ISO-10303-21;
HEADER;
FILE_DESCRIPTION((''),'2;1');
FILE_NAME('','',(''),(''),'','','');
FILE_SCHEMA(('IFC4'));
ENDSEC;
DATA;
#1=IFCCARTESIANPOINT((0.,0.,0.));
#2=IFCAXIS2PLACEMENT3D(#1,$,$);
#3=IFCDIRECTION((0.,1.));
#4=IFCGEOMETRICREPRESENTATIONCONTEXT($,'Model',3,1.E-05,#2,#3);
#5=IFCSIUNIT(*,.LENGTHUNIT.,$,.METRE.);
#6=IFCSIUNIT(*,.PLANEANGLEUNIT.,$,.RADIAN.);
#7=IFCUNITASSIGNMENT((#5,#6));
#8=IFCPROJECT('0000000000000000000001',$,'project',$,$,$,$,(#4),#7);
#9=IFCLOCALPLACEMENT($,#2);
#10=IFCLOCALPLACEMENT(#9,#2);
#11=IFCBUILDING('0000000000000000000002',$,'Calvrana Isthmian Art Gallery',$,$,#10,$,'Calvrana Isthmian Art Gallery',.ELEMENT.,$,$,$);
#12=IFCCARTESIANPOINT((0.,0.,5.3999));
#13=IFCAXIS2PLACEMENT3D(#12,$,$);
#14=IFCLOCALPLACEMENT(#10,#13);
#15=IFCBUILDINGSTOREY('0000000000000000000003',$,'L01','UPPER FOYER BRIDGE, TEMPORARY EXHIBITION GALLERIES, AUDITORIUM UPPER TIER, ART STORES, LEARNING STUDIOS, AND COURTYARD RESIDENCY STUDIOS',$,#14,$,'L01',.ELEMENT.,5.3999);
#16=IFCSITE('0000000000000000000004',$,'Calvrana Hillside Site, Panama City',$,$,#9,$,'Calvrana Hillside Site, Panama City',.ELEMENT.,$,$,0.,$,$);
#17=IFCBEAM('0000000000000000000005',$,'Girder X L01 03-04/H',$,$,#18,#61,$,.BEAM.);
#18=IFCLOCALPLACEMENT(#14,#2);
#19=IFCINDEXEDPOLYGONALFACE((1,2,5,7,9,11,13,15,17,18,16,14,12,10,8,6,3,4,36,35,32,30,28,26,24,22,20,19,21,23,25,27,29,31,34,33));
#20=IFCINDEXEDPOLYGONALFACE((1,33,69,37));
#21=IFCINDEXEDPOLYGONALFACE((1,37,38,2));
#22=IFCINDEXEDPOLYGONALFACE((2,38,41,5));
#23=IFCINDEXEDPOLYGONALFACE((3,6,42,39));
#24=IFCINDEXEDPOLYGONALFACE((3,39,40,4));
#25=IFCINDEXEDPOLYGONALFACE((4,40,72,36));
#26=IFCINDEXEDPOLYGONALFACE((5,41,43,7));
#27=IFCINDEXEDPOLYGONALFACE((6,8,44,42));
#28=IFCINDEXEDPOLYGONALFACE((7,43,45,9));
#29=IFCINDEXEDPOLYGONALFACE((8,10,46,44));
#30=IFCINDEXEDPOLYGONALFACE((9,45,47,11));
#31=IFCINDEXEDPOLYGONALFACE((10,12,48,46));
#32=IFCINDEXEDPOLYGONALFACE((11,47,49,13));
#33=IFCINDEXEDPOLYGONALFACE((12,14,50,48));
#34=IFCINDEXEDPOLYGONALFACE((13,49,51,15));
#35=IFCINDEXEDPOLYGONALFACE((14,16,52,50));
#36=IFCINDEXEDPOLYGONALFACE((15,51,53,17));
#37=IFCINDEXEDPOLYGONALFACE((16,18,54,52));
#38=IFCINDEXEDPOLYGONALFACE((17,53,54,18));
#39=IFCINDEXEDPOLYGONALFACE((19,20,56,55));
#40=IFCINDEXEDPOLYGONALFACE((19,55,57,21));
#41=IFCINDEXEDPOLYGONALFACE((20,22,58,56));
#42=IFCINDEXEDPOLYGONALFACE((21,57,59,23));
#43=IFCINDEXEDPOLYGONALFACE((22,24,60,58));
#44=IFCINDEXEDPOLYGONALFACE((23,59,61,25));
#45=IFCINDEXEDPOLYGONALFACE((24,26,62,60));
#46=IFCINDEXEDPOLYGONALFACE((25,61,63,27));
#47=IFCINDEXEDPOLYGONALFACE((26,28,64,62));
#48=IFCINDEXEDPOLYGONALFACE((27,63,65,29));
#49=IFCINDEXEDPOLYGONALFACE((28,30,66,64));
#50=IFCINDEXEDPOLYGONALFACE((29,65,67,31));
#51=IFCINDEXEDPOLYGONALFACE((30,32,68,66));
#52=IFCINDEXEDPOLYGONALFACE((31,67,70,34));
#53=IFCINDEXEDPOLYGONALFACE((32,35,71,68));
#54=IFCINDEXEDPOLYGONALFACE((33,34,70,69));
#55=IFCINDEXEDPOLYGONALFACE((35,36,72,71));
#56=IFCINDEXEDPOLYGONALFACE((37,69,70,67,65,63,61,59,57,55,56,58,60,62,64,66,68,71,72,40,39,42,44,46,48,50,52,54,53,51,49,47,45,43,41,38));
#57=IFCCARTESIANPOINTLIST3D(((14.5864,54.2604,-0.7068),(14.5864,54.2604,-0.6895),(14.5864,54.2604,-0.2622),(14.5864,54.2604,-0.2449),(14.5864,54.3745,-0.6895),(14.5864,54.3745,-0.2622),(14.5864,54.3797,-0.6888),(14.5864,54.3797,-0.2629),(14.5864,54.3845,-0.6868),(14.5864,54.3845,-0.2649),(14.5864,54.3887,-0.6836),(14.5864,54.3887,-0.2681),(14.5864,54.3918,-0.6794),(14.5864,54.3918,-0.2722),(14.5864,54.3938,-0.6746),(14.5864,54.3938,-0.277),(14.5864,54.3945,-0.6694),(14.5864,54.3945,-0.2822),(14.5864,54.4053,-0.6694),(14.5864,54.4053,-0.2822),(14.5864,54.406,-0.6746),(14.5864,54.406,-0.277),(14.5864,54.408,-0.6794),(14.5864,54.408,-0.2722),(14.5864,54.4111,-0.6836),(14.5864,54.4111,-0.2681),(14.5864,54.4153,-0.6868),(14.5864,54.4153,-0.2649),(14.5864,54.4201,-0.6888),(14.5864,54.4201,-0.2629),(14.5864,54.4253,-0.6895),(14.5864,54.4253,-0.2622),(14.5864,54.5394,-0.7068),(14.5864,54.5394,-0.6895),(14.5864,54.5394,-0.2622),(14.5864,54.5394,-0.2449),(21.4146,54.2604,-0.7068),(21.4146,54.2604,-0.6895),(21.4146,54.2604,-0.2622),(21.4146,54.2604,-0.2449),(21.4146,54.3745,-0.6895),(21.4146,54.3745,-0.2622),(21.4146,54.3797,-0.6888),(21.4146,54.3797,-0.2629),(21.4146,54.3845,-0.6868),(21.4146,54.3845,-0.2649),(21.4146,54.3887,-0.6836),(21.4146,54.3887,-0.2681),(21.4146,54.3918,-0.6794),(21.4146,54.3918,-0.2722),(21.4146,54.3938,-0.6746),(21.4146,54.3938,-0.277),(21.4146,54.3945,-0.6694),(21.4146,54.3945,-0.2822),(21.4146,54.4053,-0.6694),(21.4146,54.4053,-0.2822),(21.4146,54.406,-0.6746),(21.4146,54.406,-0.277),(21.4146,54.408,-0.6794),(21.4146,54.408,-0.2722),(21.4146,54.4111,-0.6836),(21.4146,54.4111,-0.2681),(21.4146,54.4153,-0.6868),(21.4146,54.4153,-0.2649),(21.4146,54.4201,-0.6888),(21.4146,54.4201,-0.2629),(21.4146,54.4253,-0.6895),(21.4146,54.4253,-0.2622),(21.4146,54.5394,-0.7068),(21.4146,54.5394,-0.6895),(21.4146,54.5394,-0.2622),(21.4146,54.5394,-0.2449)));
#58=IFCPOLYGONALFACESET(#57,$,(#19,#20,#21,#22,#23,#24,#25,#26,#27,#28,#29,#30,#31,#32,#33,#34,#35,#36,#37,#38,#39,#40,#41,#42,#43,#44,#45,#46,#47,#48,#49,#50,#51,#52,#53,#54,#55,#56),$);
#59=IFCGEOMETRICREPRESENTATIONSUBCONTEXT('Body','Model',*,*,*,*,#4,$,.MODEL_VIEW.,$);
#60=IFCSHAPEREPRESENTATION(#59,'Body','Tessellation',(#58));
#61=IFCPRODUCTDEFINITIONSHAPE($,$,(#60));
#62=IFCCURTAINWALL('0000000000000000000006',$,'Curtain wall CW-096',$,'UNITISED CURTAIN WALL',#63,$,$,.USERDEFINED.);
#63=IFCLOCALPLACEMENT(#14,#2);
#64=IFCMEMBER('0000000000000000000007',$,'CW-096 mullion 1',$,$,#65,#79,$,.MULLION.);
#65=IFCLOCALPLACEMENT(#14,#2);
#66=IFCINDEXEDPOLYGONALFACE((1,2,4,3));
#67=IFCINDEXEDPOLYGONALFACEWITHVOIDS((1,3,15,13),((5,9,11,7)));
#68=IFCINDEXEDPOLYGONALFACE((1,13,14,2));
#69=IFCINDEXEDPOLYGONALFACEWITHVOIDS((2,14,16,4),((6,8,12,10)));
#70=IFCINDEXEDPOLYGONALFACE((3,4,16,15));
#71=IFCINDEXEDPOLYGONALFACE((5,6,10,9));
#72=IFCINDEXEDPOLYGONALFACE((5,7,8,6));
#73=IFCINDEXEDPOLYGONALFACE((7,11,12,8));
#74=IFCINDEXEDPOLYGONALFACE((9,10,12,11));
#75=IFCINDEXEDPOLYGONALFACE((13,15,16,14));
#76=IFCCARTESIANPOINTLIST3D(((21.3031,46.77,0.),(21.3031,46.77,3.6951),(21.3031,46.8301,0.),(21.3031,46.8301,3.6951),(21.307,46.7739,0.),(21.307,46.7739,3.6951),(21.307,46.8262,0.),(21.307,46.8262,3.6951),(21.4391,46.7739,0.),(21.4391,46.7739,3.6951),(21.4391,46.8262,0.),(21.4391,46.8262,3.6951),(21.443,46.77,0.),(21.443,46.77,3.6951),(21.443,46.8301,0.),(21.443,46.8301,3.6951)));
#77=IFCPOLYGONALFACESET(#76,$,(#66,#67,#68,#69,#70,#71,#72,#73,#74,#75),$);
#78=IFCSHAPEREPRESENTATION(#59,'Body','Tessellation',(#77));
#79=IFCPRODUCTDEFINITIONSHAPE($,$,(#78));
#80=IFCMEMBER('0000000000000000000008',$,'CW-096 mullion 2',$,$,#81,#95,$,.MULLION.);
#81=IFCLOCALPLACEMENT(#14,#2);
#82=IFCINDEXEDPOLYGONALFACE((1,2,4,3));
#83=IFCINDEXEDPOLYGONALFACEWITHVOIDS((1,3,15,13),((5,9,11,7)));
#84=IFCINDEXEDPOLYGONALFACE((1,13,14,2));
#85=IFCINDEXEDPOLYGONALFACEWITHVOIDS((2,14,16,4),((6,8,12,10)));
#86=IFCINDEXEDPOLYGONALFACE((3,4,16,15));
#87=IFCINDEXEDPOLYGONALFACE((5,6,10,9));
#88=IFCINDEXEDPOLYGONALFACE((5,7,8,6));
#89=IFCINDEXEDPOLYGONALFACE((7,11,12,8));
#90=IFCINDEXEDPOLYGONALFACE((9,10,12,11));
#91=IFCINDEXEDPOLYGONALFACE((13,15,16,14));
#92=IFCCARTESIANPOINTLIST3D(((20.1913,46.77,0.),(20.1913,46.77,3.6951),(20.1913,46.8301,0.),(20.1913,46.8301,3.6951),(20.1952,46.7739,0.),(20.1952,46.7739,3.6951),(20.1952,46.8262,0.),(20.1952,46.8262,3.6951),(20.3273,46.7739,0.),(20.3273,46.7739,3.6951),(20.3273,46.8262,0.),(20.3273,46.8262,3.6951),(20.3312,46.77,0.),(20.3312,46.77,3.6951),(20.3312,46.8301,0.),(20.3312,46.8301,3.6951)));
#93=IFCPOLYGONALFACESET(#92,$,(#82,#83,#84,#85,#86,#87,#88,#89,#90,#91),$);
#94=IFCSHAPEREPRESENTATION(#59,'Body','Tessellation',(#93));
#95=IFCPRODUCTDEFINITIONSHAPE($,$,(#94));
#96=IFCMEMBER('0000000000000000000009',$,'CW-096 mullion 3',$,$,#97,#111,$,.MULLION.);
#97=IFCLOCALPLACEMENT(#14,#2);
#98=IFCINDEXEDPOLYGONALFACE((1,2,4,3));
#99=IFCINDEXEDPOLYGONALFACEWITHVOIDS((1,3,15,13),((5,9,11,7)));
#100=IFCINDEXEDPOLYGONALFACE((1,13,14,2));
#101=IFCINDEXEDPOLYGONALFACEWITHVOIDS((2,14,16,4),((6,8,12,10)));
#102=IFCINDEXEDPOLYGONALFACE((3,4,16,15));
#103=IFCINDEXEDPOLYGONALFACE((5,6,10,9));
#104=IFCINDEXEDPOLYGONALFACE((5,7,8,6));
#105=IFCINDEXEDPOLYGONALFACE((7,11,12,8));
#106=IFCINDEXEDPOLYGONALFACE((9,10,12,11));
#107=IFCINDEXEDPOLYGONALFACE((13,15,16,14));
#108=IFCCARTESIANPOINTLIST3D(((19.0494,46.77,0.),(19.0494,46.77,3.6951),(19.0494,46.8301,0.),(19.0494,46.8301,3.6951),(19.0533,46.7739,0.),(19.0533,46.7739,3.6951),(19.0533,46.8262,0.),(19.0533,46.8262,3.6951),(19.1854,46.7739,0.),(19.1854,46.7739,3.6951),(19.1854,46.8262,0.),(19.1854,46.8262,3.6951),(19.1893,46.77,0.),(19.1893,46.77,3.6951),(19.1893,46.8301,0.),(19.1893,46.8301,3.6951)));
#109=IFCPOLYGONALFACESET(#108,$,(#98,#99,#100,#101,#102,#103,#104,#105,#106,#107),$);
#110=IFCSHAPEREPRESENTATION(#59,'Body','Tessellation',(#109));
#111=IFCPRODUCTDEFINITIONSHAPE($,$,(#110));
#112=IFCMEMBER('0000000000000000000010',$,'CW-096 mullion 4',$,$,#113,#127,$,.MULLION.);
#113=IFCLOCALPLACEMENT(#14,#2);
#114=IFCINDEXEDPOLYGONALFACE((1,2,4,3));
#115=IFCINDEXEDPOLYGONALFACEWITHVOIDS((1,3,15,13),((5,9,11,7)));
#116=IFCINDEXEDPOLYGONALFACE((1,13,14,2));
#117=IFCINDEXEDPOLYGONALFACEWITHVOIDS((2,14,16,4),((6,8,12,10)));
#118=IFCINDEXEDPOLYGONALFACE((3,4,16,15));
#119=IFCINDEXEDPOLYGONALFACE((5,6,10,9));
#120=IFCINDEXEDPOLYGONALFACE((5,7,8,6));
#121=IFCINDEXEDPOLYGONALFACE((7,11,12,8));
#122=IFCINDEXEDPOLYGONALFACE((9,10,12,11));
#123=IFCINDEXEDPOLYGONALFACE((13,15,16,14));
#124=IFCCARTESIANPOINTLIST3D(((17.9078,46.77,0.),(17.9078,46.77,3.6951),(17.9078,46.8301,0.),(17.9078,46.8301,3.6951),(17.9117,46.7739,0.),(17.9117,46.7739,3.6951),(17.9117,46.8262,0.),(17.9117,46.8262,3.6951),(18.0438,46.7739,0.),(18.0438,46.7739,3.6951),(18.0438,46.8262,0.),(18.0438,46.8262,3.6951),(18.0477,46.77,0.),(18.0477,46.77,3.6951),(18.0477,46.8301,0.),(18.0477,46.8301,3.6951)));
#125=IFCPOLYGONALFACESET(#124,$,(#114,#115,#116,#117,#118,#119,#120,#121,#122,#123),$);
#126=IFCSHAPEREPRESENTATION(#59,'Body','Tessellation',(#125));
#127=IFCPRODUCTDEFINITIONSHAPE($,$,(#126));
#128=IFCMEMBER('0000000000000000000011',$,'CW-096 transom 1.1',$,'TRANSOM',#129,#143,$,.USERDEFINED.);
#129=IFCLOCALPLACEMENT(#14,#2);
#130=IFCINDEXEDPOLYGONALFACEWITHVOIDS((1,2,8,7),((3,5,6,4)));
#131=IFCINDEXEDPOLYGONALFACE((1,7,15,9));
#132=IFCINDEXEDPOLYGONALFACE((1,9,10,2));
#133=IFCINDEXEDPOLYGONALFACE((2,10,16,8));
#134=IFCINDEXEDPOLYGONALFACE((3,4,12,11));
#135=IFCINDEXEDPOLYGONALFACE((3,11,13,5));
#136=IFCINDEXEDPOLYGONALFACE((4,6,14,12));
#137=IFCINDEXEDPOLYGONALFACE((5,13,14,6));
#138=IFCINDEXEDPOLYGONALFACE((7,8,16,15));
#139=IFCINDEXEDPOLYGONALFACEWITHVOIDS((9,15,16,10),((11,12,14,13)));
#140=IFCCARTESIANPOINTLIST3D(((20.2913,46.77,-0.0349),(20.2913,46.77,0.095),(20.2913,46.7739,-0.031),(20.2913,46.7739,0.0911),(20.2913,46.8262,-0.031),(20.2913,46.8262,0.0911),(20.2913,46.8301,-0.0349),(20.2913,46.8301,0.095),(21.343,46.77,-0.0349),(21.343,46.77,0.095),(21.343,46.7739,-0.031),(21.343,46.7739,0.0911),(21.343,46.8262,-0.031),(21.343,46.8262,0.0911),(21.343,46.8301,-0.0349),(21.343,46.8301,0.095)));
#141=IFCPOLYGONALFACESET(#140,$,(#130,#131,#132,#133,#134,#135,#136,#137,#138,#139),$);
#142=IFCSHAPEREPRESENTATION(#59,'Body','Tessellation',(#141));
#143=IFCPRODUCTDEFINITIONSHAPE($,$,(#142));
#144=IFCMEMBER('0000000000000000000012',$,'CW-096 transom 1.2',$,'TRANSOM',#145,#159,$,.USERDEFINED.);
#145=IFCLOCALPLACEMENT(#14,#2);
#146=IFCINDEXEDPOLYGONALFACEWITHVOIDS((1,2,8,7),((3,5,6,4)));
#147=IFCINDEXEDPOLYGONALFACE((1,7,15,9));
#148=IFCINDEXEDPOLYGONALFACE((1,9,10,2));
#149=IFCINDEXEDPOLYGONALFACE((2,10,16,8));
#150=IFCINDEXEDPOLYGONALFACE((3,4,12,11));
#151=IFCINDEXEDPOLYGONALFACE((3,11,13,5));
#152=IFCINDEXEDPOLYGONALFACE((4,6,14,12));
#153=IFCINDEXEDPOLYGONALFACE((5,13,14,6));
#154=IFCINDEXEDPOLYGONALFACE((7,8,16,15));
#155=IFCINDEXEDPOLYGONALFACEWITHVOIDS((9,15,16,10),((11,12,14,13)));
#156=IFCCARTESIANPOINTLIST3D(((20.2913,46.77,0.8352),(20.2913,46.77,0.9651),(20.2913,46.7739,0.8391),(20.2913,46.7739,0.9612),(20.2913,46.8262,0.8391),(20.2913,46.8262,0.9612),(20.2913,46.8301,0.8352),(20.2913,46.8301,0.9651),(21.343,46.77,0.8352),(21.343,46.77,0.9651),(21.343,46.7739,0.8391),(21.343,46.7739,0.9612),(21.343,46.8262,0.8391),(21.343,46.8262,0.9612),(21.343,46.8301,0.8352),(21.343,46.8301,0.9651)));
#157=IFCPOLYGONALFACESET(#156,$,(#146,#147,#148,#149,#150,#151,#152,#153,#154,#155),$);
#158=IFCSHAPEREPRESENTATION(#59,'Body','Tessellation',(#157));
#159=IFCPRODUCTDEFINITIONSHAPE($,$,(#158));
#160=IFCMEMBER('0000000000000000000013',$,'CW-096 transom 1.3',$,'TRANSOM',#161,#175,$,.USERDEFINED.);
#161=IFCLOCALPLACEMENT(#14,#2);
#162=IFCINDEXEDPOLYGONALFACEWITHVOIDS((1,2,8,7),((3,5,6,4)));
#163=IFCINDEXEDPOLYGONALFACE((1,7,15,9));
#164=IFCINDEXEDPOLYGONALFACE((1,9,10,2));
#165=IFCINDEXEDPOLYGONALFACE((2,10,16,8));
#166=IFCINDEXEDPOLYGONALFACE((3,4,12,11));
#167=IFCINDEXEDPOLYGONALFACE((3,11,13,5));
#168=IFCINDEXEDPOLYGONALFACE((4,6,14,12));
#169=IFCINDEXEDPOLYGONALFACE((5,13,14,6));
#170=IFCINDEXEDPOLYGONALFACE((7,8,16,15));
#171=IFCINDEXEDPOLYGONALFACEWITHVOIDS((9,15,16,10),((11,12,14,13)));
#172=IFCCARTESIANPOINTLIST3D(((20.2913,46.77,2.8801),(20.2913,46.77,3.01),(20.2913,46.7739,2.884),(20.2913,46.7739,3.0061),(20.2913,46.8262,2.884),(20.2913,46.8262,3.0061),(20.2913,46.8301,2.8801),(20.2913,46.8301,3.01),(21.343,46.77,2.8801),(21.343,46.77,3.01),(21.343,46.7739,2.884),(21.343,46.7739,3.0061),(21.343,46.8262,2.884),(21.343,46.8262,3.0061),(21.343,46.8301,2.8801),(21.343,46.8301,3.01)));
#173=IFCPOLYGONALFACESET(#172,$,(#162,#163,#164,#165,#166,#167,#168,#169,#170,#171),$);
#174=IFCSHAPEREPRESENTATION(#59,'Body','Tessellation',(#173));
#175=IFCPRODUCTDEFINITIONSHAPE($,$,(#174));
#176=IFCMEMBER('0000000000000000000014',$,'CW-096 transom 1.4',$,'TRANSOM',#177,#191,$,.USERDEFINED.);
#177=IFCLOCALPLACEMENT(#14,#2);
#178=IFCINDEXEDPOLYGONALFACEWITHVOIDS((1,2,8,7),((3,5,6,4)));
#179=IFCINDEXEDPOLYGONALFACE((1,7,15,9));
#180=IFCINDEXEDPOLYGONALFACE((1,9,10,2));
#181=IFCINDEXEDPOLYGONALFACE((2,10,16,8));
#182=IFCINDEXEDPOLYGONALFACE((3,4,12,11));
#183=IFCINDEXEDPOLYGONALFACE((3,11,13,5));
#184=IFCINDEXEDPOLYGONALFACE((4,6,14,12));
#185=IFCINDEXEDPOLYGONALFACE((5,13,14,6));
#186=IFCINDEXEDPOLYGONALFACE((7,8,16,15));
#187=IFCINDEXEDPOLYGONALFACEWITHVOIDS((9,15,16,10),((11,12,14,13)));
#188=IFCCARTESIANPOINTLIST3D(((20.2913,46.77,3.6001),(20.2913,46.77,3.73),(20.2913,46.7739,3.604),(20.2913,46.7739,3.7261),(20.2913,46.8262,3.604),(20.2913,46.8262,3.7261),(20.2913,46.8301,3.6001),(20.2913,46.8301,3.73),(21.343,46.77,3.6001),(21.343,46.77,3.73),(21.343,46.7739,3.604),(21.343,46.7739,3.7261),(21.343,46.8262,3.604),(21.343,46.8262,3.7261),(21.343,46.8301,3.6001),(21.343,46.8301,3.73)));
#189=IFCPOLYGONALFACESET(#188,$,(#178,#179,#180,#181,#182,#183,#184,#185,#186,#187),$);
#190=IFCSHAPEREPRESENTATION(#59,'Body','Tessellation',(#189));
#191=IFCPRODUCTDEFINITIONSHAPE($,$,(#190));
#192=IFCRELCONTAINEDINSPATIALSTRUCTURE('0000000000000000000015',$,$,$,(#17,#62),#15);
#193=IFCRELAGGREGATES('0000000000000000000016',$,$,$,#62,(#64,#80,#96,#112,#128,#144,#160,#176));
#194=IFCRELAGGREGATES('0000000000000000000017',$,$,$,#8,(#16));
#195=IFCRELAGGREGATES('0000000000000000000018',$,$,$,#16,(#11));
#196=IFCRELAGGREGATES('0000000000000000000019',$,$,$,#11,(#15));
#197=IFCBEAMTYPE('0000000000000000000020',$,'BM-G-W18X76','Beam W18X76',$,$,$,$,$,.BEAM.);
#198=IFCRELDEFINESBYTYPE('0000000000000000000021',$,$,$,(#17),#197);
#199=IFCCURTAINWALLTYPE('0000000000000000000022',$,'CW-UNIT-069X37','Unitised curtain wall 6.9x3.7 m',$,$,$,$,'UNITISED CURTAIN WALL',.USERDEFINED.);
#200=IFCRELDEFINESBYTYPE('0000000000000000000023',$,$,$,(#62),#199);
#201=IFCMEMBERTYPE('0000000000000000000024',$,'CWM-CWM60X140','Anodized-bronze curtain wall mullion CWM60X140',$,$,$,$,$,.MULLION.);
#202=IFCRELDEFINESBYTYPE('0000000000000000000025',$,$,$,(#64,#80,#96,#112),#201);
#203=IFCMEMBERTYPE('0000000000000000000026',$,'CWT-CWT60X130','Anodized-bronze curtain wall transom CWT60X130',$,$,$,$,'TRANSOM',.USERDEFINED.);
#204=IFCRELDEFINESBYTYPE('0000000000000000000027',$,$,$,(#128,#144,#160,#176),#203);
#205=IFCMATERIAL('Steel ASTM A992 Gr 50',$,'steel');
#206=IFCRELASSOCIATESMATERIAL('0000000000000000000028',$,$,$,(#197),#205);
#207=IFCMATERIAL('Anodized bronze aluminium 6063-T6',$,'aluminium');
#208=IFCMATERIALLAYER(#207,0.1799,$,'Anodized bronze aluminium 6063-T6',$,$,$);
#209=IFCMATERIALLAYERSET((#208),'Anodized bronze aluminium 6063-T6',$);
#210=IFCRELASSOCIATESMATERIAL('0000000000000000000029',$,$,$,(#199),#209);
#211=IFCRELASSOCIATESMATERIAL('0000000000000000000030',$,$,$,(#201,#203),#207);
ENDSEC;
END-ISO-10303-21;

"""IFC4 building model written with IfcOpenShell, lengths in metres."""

from ifc_helpers import new_model, si_unit, direction, frame, origin, origin_2d, place, context, subcontext, project, spatial, hollow_rectangle, i_section, extrude, material, layer, layer_set, material_profile, profile_set, type_object, element, aggregate, save


model = new_model("IFC4")

# Units and contexts
model_context = context("Model", 3, precision=1e-05, world=origin(), true_north=direction((0.0, 1.0)))
body_context = subcontext(model_context, "Body", "Model", "MODEL_VIEW")
ifc_project = project(units=[si_unit("LENGTHUNIT", "METRE"), si_unit("PLANEANGLEUNIT", "RADIAN")], contexts=[model_context])

# Site, building, storey
site_placement = place(None, origin())
site = spatial("IfcSite", under=ifc_project, at=site_placement, Name="Calvrana Hillside Site, Panama City", LongName="Calvrana Hillside Site, Panama City", CompositionType="ELEMENT", RefElevation=0.0)
building_placement = place(site_placement, origin())
building = spatial("IfcBuilding", under=site, at=building_placement, Name="Calvrana Isthmian Art Gallery", LongName="Calvrana Isthmian Art Gallery", CompositionType="ELEMENT")
storey_placement = place(building_placement, frame((0.0, 0.0, 5.3999)))
storey = spatial("IfcBuildingStorey", under=building, at=storey_placement, Name="L01", Description="UPPER FOYER BRIDGE, TEMPORARY EXHIBITION GALLERIES, AUDITORIUM UPPER TIER, ART STORES, LEARNING STUDIOS, AND COURTYARD RESIDENCY STUDIOS", LongName="L01", CompositionType="ELEMENT", Elevation=5.3999)

# Beam
ifc_material_1 = material(Name="Steel ASTM A992 Gr 50", Category="steel")
ifc_material_profile_1 = material_profile(ifc_material_1, i_section(OverallWidth=0.2791, OverallDepth=0.4619, WebThickness=0.0107, FlangeThickness=0.0173, FilletRadius=0.02, at=origin_2d()), Name="W18X76")
ifc_profile_set_1 = profile_set([ifc_material_profile_1], Name="Steel ASTM A992 Gr 50")
beam_type = type_object("IfcBeamType", Name="BM-G-W18X76", Description="Beam W18X76", PredefinedType="BEAM", material=ifc_profile_set_1)
beam_placement = place(storey_placement, frame((14.5864, 54.3999, -0.4758), z_axis=(1.0, 0.0, 0.0), x_axis=(0.0, 1.0, 0.0)))
element("IfcBeam", 1, at=beam_placement, inside=storey, type_object=beam_type, Name="Girder X L01 03-04/H", PredefinedType="BEAM", context=body_context, shape_type="SweptSolid", body=[
    extrude(i_section(OverallWidth=0.2791, OverallDepth=0.4619, WebThickness=0.0107, FlangeThickness=0.0173, FilletRadius=0.02, at=origin_2d()), origin(), (0.0, 0.0, 1.0), 6.8281),
])

# Curtain wall, members
ifc_material_2 = material(Name="Anodized bronze aluminium 6063-T6", Category="aluminium")
ifc_layer_1 = layer(ifc_material_2, 0.1799, Name="Anodized bronze aluminium 6063-T6")
ifc_layer_set_1 = layer_set([ifc_layer_1], Name="Anodized bronze aluminium 6063-T6")
curtain_wall_type = type_object("IfcCurtainWallType", Name="CW-UNIT-069X37", Description="Unitised curtain wall 6.9x3.7 m", ElementType="UNITISED CURTAIN WALL", PredefinedType="USERDEFINED", material=ifc_layer_set_1)
curtain_wall_placement = place(storey_placement, origin())
curtain_wall = element("IfcCurtainWall", 2, at=curtain_wall_placement, inside=storey, type_object=curtain_wall_type, Name="Curtain wall CW-096", ObjectType="UNITISED CURTAIN WALL", PredefinedType="USERDEFINED")
ifc_material_profile_2 = material_profile(ifc_material_2, hollow_rectangle(XDim=0.0601, YDim=0.1399, WallThickness=0.0039, at=origin_2d()), Name="CWM60X140")
ifc_profile_set_2 = profile_set([ifc_material_profile_2], Name="Anodized bronze aluminium 6063-T6")
member_type_1 = type_object("IfcMemberType", Name="CWM-CWM60X140", Description="Anodized-bronze curtain wall mullion CWM60X140", PredefinedType="MULLION", material=ifc_profile_set_2)
member_1_placement = place(storey_placement, frame((21.373, 46.8, 0.0), z_axis=(0.0, 0.0, 1.0), x_axis=(0.0, -1.0, 0.0)))
member_1 = element("IfcMember", 3, at=member_1_placement, type_object=member_type_1, Name="CW-096 mullion 1", PredefinedType="MULLION", context=body_context, shape_type="SweptSolid", body=[
    extrude(hollow_rectangle(XDim=0.0601, YDim=0.1399, WallThickness=0.0039, at=origin_2d()), origin(), (0.0, 0.0, 1.0), 3.6951),
])
member_2_placement = place(storey_placement, frame((20.2612, 46.8, 0.0), z_axis=(0.0, 0.0, 1.0), x_axis=(0.0, -1.0, 0.0)))
member_2 = element("IfcMember", 4, at=member_2_placement, type_object=member_type_1, Name="CW-096 mullion 2", PredefinedType="MULLION", context=body_context, shape_type="SweptSolid", body=[
    extrude(hollow_rectangle(XDim=0.0601, YDim=0.1399, WallThickness=0.0039, at=origin_2d()), origin(), (0.0, 0.0, 1.0), 3.6951),
])
member_3_placement = place(storey_placement, frame((19.1194, 46.8, 0.0), z_axis=(0.0, 0.0, 1.0), x_axis=(0.0, -1.0, 0.0)))
member_3 = element("IfcMember", 5, at=member_3_placement, type_object=member_type_1, Name="CW-096 mullion 3", PredefinedType="MULLION", context=body_context, shape_type="SweptSolid", body=[
    extrude(hollow_rectangle(XDim=0.0601, YDim=0.1399, WallThickness=0.0039, at=origin_2d()), origin(), (0.0, 0.0, 1.0), 3.6951),
])
member_4_placement = place(storey_placement, frame((17.9778, 46.8, 0.0), z_axis=(0.0, 0.0, 1.0), x_axis=(0.0, -1.0, 0.0)))
member_4 = element("IfcMember", 6, at=member_4_placement, type_object=member_type_1, Name="CW-096 mullion 4", PredefinedType="MULLION", context=body_context, shape_type="SweptSolid", body=[
    extrude(hollow_rectangle(XDim=0.0601, YDim=0.1399, WallThickness=0.0039, at=origin_2d()), origin(), (0.0, 0.0, 1.0), 3.6951),
])
ifc_material_profile_3 = material_profile(ifc_material_2, hollow_rectangle(XDim=0.0601, YDim=0.1299, WallThickness=0.0039, at=origin_2d()), Name="CWT60X130")
ifc_profile_set_3 = profile_set([ifc_material_profile_3], Name="Anodized bronze aluminium 6063-T6")
member_type_2 = type_object("IfcMemberType", Name="CWT-CWT60X130", Description="Anodized-bronze curtain wall transom CWT60X130", ElementType="TRANSOM", PredefinedType="USERDEFINED", material=ifc_profile_set_3)
member_5_placement = place(storey_placement, frame((21.343, 46.8, 0.03), z_axis=(-1.0, 0.0, 0.0), x_axis=(0.0, -1.0, 0.0)))
member_5 = element("IfcMember", 7, at=member_5_placement, type_object=member_type_2, Name="CW-096 transom 1.1", ObjectType="TRANSOM", PredefinedType="USERDEFINED", context=body_context, shape_type="SweptSolid", body=[
    extrude(hollow_rectangle(XDim=0.0601, YDim=0.1299, WallThickness=0.0039, at=origin_2d()), origin(), (0.0, 0.0, 1.0), 1.0518),
])
member_6_placement = place(storey_placement, frame((21.343, 46.8, 0.9001), z_axis=(-1.0, 0.0, 0.0), x_axis=(0.0, -1.0, 0.0)))
member_6 = element("IfcMember", 8, at=member_6_placement, type_object=member_type_2, Name="CW-096 transom 1.2", ObjectType="TRANSOM", PredefinedType="USERDEFINED", context=body_context, shape_type="SweptSolid", body=[
    extrude(hollow_rectangle(XDim=0.0601, YDim=0.1299, WallThickness=0.0039, at=origin_2d()), origin(), (0.0, 0.0, 1.0), 1.0518),
])
member_7_placement = place(storey_placement, frame((21.343, 46.8, 2.9451), z_axis=(-1.0, 0.0, 0.0), x_axis=(0.0, -1.0, 0.0)))
member_7 = element("IfcMember", 9, at=member_7_placement, type_object=member_type_2, Name="CW-096 transom 1.3", ObjectType="TRANSOM", PredefinedType="USERDEFINED", context=body_context, shape_type="SweptSolid", body=[
    extrude(hollow_rectangle(XDim=0.0601, YDim=0.1299, WallThickness=0.0039, at=origin_2d()), origin(), (0.0, 0.0, 1.0), 1.0518),
])
member_8_placement = place(storey_placement, frame((21.343, 46.8, 3.665), z_axis=(-1.0, 0.0, 0.0), x_axis=(0.0, -1.0, 0.0)))
member_8 = element("IfcMember", 10, at=member_8_placement, type_object=member_type_2, Name="CW-096 transom 1.4", ObjectType="TRANSOM", PredefinedType="USERDEFINED", context=body_context, shape_type="SweptSolid", body=[
    extrude(hollow_rectangle(XDim=0.0601, YDim=0.1299, WallThickness=0.0039, at=origin_2d()), origin(), (0.0, 0.0, 1.0), 1.0518),
])
aggregate(curtain_wall, [member_1, member_2, member_3, member_4, member_5, member_6, member_7, member_8])

save(model, "model.ifc")
